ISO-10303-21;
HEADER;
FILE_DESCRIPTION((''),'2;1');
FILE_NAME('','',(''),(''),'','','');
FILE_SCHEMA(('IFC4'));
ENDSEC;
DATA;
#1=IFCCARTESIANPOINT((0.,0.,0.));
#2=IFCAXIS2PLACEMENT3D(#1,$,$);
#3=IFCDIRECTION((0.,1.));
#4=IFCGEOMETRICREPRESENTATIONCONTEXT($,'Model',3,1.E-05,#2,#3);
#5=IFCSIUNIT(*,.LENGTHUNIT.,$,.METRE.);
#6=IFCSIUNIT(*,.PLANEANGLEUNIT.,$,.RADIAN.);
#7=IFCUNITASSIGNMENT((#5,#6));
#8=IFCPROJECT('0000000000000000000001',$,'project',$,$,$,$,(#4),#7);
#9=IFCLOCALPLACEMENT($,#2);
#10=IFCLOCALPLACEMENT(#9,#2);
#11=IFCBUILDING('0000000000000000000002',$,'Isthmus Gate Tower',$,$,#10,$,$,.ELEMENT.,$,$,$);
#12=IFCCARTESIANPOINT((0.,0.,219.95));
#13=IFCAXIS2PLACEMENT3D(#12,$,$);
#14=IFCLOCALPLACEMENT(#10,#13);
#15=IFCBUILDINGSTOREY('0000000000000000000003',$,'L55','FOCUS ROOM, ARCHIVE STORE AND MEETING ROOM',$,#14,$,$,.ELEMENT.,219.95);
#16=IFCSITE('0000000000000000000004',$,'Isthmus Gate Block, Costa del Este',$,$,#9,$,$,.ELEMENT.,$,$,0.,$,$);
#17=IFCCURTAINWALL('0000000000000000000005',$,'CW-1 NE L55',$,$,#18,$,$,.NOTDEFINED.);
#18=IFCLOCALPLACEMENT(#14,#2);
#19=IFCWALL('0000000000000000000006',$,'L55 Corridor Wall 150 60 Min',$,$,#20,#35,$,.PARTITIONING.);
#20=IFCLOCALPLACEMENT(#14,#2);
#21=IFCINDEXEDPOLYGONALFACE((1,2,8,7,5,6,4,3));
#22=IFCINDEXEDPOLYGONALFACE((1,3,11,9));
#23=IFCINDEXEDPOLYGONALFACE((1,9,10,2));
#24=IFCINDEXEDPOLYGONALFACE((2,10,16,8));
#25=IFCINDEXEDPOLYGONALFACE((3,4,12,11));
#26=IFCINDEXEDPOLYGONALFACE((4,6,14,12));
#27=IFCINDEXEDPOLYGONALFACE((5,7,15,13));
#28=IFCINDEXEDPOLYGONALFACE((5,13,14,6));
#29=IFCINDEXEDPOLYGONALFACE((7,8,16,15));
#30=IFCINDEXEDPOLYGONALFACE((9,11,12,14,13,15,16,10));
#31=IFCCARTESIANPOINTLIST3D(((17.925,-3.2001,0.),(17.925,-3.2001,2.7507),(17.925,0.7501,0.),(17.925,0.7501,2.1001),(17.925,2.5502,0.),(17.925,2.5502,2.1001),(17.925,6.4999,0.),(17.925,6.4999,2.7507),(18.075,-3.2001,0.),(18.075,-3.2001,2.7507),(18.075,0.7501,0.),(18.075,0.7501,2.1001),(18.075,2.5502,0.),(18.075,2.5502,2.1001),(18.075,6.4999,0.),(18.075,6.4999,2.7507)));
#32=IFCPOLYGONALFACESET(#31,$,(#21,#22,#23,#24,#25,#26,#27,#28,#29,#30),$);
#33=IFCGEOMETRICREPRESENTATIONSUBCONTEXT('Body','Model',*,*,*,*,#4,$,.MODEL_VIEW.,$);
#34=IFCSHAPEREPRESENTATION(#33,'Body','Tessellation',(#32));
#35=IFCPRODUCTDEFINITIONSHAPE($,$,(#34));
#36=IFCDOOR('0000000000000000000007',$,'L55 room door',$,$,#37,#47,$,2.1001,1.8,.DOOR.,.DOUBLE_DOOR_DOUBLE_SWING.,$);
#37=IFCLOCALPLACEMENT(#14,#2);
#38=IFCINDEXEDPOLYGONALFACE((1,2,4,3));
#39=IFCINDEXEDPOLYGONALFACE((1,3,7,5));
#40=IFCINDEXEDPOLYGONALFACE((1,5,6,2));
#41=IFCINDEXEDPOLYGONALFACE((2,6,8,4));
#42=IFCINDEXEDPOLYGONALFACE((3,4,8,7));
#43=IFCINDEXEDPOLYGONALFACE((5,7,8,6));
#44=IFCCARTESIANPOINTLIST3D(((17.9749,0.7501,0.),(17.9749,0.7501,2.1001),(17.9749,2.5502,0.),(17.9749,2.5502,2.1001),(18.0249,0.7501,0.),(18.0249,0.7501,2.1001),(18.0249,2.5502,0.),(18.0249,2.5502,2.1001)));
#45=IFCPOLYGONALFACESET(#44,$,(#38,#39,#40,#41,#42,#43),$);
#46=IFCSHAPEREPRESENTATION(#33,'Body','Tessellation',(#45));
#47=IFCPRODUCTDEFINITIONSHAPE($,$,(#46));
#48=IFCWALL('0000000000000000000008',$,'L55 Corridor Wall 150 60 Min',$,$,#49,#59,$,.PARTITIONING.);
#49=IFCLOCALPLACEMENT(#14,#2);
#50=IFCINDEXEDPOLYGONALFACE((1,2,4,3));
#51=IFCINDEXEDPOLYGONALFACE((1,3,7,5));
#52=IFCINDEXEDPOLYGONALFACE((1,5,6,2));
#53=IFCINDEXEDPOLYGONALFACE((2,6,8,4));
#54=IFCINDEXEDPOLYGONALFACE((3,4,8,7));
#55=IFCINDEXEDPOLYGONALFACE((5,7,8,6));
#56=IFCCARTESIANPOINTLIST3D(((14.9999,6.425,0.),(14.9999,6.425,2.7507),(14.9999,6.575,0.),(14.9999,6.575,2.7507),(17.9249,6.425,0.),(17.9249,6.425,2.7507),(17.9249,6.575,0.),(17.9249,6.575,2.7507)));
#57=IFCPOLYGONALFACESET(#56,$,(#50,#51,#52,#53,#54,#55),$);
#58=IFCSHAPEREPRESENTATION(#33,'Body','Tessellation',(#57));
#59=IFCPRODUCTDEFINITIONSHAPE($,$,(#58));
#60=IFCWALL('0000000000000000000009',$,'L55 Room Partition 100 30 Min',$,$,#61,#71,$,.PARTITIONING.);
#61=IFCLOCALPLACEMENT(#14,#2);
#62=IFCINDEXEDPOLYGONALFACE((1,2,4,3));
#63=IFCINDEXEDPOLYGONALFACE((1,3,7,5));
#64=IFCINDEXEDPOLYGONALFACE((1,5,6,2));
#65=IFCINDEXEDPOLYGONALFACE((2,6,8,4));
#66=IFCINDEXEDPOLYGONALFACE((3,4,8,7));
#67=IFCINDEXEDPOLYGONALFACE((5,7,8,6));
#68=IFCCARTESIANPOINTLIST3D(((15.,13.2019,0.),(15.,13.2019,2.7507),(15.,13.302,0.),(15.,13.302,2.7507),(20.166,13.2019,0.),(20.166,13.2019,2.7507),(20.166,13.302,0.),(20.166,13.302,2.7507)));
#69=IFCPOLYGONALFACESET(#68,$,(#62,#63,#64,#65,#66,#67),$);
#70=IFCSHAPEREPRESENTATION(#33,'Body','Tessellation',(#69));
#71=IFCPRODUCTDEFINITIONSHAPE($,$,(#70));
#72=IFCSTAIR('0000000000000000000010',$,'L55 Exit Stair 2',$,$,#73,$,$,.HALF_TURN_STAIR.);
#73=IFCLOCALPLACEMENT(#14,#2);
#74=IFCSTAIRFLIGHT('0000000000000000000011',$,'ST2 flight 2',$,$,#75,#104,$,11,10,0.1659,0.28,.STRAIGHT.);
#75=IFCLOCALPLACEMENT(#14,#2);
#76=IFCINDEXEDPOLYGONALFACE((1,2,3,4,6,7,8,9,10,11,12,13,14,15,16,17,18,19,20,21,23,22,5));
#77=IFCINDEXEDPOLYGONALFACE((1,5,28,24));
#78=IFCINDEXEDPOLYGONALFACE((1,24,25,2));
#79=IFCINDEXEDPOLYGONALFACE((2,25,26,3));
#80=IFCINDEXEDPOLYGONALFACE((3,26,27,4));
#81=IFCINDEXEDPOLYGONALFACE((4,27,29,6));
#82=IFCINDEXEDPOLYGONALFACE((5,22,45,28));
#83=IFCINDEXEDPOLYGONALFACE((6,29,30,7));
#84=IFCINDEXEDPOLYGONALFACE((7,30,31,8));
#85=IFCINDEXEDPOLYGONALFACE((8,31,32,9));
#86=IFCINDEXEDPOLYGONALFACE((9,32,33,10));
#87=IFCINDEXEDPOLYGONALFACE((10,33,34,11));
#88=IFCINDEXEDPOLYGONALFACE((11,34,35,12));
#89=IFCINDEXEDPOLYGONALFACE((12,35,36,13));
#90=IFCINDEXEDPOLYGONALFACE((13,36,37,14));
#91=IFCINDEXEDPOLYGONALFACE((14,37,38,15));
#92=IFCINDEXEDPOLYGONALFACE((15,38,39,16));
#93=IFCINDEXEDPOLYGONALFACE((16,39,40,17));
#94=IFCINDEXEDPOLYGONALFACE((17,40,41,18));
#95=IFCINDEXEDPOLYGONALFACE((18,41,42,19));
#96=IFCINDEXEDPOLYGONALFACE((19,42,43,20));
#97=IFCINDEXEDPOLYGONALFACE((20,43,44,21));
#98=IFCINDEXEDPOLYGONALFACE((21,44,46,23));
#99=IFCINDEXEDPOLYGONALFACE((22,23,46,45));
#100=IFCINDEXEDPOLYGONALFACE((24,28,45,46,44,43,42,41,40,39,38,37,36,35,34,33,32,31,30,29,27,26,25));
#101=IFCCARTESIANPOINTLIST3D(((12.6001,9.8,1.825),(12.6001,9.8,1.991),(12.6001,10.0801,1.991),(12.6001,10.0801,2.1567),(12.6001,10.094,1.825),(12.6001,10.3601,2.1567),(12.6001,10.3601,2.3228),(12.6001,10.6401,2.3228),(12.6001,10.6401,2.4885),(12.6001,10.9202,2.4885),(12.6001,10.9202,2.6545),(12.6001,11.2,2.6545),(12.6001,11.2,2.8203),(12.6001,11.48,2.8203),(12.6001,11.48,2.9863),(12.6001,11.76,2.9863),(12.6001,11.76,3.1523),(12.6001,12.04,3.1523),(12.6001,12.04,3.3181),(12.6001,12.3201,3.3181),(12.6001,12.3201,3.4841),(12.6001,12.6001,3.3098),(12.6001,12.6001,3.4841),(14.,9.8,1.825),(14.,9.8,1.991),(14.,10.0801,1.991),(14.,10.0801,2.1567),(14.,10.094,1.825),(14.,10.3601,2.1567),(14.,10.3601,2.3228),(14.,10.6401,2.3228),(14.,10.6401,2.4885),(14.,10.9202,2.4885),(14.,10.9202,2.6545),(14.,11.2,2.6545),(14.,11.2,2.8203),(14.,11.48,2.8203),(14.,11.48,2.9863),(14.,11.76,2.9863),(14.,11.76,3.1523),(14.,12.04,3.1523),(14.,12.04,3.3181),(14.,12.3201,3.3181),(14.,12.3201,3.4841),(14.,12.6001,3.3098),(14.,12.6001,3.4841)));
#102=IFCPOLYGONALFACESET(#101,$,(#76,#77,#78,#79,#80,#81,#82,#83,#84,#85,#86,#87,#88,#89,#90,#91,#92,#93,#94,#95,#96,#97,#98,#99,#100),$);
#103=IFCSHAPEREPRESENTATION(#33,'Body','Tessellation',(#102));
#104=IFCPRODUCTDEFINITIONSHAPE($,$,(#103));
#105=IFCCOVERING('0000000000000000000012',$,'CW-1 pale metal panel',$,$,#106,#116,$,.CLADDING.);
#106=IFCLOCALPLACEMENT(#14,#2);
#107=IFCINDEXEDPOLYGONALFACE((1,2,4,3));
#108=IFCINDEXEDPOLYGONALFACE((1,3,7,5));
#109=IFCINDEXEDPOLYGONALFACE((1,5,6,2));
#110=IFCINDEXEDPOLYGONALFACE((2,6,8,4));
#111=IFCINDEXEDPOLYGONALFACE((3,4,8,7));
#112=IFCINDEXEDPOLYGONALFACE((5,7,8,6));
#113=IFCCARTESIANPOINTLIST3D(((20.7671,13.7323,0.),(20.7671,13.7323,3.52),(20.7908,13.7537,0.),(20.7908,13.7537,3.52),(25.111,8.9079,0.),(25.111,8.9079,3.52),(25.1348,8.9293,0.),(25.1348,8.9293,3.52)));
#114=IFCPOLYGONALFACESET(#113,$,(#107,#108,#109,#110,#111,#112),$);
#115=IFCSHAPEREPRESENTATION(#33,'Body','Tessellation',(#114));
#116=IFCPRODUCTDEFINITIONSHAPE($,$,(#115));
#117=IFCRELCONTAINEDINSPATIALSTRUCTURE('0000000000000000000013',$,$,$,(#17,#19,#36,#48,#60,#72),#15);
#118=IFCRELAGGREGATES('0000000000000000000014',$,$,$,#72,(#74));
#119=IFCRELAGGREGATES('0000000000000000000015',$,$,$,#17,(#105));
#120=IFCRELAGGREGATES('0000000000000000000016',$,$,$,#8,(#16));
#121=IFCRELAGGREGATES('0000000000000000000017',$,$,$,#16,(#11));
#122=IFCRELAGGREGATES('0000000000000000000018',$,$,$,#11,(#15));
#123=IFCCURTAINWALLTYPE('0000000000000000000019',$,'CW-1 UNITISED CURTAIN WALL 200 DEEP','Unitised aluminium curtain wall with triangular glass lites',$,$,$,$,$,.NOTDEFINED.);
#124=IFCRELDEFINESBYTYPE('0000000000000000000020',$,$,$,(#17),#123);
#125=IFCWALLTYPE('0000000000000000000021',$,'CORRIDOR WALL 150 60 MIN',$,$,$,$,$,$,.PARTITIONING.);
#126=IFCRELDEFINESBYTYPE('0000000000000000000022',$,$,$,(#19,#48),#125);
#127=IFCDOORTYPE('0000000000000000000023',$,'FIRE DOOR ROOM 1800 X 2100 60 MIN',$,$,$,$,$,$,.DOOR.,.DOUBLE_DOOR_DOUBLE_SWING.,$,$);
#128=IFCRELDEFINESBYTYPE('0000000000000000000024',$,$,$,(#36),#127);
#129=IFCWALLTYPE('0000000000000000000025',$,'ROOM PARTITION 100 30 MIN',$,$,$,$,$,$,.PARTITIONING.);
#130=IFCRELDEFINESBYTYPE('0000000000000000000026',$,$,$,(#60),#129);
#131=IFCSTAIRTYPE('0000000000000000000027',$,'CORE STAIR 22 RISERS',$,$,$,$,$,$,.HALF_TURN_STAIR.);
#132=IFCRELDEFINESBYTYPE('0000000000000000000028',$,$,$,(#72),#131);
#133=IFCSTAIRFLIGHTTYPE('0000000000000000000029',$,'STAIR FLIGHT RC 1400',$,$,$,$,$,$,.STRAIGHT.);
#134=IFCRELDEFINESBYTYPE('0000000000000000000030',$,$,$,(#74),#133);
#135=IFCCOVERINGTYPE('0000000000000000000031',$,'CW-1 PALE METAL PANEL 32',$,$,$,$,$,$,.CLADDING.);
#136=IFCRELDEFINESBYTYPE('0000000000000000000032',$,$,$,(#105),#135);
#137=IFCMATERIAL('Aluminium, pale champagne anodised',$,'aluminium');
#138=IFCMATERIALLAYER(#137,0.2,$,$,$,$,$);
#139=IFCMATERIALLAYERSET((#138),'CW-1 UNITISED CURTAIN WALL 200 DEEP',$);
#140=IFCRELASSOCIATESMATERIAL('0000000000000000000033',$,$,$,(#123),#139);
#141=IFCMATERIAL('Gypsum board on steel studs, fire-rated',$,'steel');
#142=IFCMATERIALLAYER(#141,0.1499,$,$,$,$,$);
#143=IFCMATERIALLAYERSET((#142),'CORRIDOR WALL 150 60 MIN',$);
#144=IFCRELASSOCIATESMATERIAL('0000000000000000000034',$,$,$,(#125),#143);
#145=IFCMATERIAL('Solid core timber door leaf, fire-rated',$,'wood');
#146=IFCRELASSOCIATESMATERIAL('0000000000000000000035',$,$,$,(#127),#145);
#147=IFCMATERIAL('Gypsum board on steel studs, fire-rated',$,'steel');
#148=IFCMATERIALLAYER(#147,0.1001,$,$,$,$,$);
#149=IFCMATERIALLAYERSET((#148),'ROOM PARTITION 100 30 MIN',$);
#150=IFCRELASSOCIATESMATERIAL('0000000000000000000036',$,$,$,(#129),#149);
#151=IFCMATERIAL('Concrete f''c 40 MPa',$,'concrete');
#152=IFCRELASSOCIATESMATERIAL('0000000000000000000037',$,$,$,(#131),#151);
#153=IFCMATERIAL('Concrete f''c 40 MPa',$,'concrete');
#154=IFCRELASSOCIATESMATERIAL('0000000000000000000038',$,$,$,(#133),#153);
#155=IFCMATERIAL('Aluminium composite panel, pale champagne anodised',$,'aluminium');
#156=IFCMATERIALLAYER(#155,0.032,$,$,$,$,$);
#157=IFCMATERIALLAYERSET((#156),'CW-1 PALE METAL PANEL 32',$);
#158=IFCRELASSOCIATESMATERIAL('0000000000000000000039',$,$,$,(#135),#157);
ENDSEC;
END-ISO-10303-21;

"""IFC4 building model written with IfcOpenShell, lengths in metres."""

from ifc_helpers import new_model, si_unit, direction, frame, frame_2d, origin, origin_2d, place, context, subcontext, project, spatial, polyline, rectangle, outline, extrude, material, layer, layer_set, type_object, element, fill, aggregate, save


model = new_model("IFC4")

# Units and contexts
model_context = context("Model", 3, precision=1e-05, world=origin(), true_north=direction((0.0, 1.0)))
body_context = subcontext(model_context, "Body", "Model", "MODEL_VIEW")
ifc_project = project(units=[si_unit("LENGTHUNIT", "METRE"), si_unit("PLANEANGLEUNIT", "RADIAN")], contexts=[model_context])

# Site, building, storey
site_placement = place(None, origin())
site = spatial("IfcSite", under=ifc_project, at=site_placement, Name="Isthmus Gate Block, Costa del Este", CompositionType="ELEMENT", RefElevation=0.0)
building_placement = place(site_placement, origin())
building = spatial("IfcBuilding", under=site, at=building_placement, Name="Isthmus Gate Tower", CompositionType="ELEMENT")
storey_placement = place(building_placement, frame((0.0, 0.0, 219.95)))
storey = spatial("IfcBuildingStorey", under=building, at=storey_placement, Name="L55", Description="FOCUS ROOM, ARCHIVE STORE AND MEETING ROOM", CompositionType="ELEMENT", Elevation=219.95)

# Curtain wall
ifc_material_1 = material(Name="Aluminium, pale champagne anodised", Category="aluminium")
ifc_layer_1 = layer(ifc_material_1, 0.2)
ifc_layer_set_1 = layer_set([ifc_layer_1], Name="CW-1 UNITISED CURTAIN WALL 200 DEEP")
curtain_wall_type = type_object("IfcCurtainWallType", Name="CW-1 UNITISED CURTAIN WALL 200 DEEP", Description="Unitised aluminium curtain wall with triangular glass lites", PredefinedType="NOTDEFINED", material=ifc_layer_set_1)
curtain_wall_placement = place(storey_placement, origin())
curtain_wall = element("IfcCurtainWall", 1, at=curtain_wall_placement, inside=storey, type_object=curtain_wall_type, Name="CW-1 NE L55", PredefinedType="NOTDEFINED")

# Wall, opening, door
ifc_material_2 = material(Name="Gypsum board on steel studs, fire-rated", Category="steel")
ifc_layer_2 = layer(ifc_material_2, 0.1499)
ifc_layer_set_2 = layer_set([ifc_layer_2], Name="CORRIDOR WALL 150 60 MIN")
wall_type_1 = type_object("IfcWallType", Name="CORRIDOR WALL 150 60 MIN", PredefinedType="PARTITIONING", material=ifc_layer_set_2)
wall_1_placement = place(storey_placement, frame((18.0, 6.5, 0.0), z_axis=(0.0, 0.0, 1.0), x_axis=(0.0, -1.0, 0.0)))
wall_1 = element("IfcWall", 2, at=wall_1_placement, inside=storey, type_object=wall_type_1, Name="L55 Corridor Wall 150 60 Min", PredefinedType="PARTITIONING", context=body_context, shape_type="SweptSolid", body=[
    extrude(rectangle(XDim=9.7, YDim=0.1499, at=frame_2d((4.8501, 0.0))), origin(), (0.0, 0.0, 1.0), 2.7507),
])
opening_placement = place(wall_1_placement, frame((3.95, 0.0, 0.0)))
opening = element("IfcOpeningElement", 3, at=opening_placement, cuts=wall_1, PredefinedType="OPENING", context=body_context, shape_type="SweptSolid", body=[
    extrude(rectangle(XDim=1.8, YDim=2.1001, at=frame_2d((0.8999, 1.05))), frame((0.0, 0.085, 0.0), z_axis=(0.0, -1.0, 0.0), x_axis=(1.0, 0.0, 0.0)), (0.0, 0.0, 1.0), 0.1699),
])
ifc_material_3 = material(Name="Solid core timber door leaf, fire-rated", Category="wood")
door_type = type_object("IfcDoorType", Name="FIRE DOOR ROOM 1800 X 2100 60 MIN", OperationType="DOUBLE_DOOR_DOUBLE_SWING", PredefinedType="DOOR", material=ifc_material_3)
door_placement = place(opening_placement, origin())
door = element("IfcDoor", 4, at=door_placement, inside=storey, type_object=door_type, Name="L55 room door", OperationType="DOUBLE_DOOR_DOUBLE_SWING", OverallHeight=2.1001, OverallWidth=1.8, PredefinedType="DOOR", context=body_context, shape_type="SweptSolid", body=[
    extrude(rectangle(XDim=1.8, YDim=2.1001, at=frame_2d((0.8999, 1.05))), frame((0.0, 0.0249, 0.0), z_axis=(0.0, -1.0, 0.0), x_axis=(1.0, 0.0, 0.0)), (0.0, 0.0, 1.0), 0.05),
])
fill(opening, door)

# Walls
wall_2_placement = place(storey_placement, frame((15.0, 6.5, 0.0), z_axis=(0.0, 0.0, 1.0), x_axis=(1.0, 0.0, 0.0)))
element("IfcWall", 5, at=wall_2_placement, inside=storey, type_object=wall_type_1, Name="L55 Corridor Wall 150 60 Min", PredefinedType="PARTITIONING", context=body_context, shape_type="SweptSolid", body=[
    extrude(rectangle(XDim=2.925, YDim=0.1499, at=frame_2d((1.4624, 0.0))), origin(), (0.0, 0.0, 1.0), 2.7507),
])
ifc_material_4 = material(Name="Gypsum board on steel studs, fire-rated", Category="steel")
ifc_layer_3 = layer(ifc_material_4, 0.1001)
ifc_layer_set_3 = layer_set([ifc_layer_3], Name="ROOM PARTITION 100 30 MIN")
wall_type_2 = type_object("IfcWallType", Name="ROOM PARTITION 100 30 MIN", PredefinedType="PARTITIONING", material=ifc_layer_set_3)
wall_3_placement = place(storey_placement, frame((15.0, 13.252, 0.0), z_axis=(0.0, 0.0, 1.0), x_axis=(1.0, 0.0, 0.0)))
element("IfcWall", 6, at=wall_3_placement, inside=storey, type_object=wall_type_2, Name="L55 Room Partition 100 30 Min", PredefinedType="PARTITIONING", context=body_context, shape_type="SweptSolid", body=[
    extrude(rectangle(XDim=5.166, YDim=0.1001, at=frame_2d((2.583, 0.0))), origin(), (0.0, 0.0, 1.0), 2.7507),
])

# Stair, stair flight
ifc_material_5 = material(Name="Concrete f'c 40 MPa", Category="concrete")
stair_type = type_object("IfcStairType", Name="CORE STAIR 22 RISERS", PredefinedType="HALF_TURN_STAIR", material=ifc_material_5)
stair_placement = place(storey_placement, origin())
stair = element("IfcStair", 7, at=stair_placement, inside=storey, type_object=stair_type, Name="L55 Exit Stair 2", PredefinedType="HALF_TURN_STAIR")
ifc_material_6 = material(Name="Concrete f'c 40 MPa", Category="concrete")
stair_flight_type = type_object("IfcStairFlightType", Name="STAIR FLIGHT RC 1400", PredefinedType="STRAIGHT", material=ifc_material_6)
stair_flight_placement = place(storey_placement, frame((13.3, 9.8, 1.825), z_axis=(0.0, 0.0, 1.0), x_axis=(0.0, 1.0, 0.0)))
stair_flight = element("IfcStairFlight", 8, at=stair_flight_placement, type_object=stair_flight_type, Name="ST2 flight 2", NumberOfRisers=11, NumberOfTreads=10, PredefinedType="STRAIGHT", RiserHeight=0.1659, TreadLength=0.28, context=body_context, shape_type="SweptSolid", body=[
    extrude(outline(polyline([(0.0, 0.0), (0.0, 0.166), (0.28, 0.166), (0.28, 0.3318), (0.5601, 0.3318), (0.5601, 0.4978), (0.8401, 0.4978), (0.8401, 0.6636), (1.1201, 0.6636), (1.1201, 0.8296), (1.3999, 0.8296), (1.3999, 0.9954), (1.6799, 0.9954), (1.6799, 1.1614), (1.96, 1.1614), (1.96, 1.3274), (2.24, 1.3274), (2.24, 1.4932), (2.52, 1.4932), (2.52, 1.6592), (2.8, 1.6592), (2.8, 1.825), (2.8, 1.4849), (0.2939, 0.0), (0.0, 0.0)])), frame((0.0, 0.7, 0.0), z_axis=(0.0, -1.0, 0.0), x_axis=(1.0, 0.0, 0.0)), (0.0, 0.0, 1.0), 1.3999),
])
aggregate(stair, [stair_flight])

# Covering
ifc_material_7 = material(Name="Aluminium composite panel, pale champagne anodised", Category="aluminium")
ifc_layer_4 = layer(ifc_material_7, 0.032)
ifc_layer_set_4 = layer_set([ifc_layer_4], Name="CW-1 PALE METAL PANEL 32")
covering_type = type_object("IfcCoveringType", Name="CW-1 PALE METAL PANEL 32", PredefinedType="CLADDING", material=ifc_layer_set_4)
covering_placement = place(storey_placement, frame((22.9509, 11.3308, 0.0), z_axis=(0.0, 0.0, 1.0), x_axis=(-0.669131, 0.743145, 0.0)))
covering = element("IfcCovering", 9, at=covering_placement, type_object=covering_type, Name="CW-1 pale metal panel", PredefinedType="CLADDING", context=body_context, shape_type="SweptSolid", body=[
    extrude(rectangle(XDim=6.4919, YDim=0.032, at=origin_2d()), origin(), (0.0, 0.0, 1.0), 3.52),
])
aggregate(curtain_wall, [covering])

save(model, "model.ifc")
